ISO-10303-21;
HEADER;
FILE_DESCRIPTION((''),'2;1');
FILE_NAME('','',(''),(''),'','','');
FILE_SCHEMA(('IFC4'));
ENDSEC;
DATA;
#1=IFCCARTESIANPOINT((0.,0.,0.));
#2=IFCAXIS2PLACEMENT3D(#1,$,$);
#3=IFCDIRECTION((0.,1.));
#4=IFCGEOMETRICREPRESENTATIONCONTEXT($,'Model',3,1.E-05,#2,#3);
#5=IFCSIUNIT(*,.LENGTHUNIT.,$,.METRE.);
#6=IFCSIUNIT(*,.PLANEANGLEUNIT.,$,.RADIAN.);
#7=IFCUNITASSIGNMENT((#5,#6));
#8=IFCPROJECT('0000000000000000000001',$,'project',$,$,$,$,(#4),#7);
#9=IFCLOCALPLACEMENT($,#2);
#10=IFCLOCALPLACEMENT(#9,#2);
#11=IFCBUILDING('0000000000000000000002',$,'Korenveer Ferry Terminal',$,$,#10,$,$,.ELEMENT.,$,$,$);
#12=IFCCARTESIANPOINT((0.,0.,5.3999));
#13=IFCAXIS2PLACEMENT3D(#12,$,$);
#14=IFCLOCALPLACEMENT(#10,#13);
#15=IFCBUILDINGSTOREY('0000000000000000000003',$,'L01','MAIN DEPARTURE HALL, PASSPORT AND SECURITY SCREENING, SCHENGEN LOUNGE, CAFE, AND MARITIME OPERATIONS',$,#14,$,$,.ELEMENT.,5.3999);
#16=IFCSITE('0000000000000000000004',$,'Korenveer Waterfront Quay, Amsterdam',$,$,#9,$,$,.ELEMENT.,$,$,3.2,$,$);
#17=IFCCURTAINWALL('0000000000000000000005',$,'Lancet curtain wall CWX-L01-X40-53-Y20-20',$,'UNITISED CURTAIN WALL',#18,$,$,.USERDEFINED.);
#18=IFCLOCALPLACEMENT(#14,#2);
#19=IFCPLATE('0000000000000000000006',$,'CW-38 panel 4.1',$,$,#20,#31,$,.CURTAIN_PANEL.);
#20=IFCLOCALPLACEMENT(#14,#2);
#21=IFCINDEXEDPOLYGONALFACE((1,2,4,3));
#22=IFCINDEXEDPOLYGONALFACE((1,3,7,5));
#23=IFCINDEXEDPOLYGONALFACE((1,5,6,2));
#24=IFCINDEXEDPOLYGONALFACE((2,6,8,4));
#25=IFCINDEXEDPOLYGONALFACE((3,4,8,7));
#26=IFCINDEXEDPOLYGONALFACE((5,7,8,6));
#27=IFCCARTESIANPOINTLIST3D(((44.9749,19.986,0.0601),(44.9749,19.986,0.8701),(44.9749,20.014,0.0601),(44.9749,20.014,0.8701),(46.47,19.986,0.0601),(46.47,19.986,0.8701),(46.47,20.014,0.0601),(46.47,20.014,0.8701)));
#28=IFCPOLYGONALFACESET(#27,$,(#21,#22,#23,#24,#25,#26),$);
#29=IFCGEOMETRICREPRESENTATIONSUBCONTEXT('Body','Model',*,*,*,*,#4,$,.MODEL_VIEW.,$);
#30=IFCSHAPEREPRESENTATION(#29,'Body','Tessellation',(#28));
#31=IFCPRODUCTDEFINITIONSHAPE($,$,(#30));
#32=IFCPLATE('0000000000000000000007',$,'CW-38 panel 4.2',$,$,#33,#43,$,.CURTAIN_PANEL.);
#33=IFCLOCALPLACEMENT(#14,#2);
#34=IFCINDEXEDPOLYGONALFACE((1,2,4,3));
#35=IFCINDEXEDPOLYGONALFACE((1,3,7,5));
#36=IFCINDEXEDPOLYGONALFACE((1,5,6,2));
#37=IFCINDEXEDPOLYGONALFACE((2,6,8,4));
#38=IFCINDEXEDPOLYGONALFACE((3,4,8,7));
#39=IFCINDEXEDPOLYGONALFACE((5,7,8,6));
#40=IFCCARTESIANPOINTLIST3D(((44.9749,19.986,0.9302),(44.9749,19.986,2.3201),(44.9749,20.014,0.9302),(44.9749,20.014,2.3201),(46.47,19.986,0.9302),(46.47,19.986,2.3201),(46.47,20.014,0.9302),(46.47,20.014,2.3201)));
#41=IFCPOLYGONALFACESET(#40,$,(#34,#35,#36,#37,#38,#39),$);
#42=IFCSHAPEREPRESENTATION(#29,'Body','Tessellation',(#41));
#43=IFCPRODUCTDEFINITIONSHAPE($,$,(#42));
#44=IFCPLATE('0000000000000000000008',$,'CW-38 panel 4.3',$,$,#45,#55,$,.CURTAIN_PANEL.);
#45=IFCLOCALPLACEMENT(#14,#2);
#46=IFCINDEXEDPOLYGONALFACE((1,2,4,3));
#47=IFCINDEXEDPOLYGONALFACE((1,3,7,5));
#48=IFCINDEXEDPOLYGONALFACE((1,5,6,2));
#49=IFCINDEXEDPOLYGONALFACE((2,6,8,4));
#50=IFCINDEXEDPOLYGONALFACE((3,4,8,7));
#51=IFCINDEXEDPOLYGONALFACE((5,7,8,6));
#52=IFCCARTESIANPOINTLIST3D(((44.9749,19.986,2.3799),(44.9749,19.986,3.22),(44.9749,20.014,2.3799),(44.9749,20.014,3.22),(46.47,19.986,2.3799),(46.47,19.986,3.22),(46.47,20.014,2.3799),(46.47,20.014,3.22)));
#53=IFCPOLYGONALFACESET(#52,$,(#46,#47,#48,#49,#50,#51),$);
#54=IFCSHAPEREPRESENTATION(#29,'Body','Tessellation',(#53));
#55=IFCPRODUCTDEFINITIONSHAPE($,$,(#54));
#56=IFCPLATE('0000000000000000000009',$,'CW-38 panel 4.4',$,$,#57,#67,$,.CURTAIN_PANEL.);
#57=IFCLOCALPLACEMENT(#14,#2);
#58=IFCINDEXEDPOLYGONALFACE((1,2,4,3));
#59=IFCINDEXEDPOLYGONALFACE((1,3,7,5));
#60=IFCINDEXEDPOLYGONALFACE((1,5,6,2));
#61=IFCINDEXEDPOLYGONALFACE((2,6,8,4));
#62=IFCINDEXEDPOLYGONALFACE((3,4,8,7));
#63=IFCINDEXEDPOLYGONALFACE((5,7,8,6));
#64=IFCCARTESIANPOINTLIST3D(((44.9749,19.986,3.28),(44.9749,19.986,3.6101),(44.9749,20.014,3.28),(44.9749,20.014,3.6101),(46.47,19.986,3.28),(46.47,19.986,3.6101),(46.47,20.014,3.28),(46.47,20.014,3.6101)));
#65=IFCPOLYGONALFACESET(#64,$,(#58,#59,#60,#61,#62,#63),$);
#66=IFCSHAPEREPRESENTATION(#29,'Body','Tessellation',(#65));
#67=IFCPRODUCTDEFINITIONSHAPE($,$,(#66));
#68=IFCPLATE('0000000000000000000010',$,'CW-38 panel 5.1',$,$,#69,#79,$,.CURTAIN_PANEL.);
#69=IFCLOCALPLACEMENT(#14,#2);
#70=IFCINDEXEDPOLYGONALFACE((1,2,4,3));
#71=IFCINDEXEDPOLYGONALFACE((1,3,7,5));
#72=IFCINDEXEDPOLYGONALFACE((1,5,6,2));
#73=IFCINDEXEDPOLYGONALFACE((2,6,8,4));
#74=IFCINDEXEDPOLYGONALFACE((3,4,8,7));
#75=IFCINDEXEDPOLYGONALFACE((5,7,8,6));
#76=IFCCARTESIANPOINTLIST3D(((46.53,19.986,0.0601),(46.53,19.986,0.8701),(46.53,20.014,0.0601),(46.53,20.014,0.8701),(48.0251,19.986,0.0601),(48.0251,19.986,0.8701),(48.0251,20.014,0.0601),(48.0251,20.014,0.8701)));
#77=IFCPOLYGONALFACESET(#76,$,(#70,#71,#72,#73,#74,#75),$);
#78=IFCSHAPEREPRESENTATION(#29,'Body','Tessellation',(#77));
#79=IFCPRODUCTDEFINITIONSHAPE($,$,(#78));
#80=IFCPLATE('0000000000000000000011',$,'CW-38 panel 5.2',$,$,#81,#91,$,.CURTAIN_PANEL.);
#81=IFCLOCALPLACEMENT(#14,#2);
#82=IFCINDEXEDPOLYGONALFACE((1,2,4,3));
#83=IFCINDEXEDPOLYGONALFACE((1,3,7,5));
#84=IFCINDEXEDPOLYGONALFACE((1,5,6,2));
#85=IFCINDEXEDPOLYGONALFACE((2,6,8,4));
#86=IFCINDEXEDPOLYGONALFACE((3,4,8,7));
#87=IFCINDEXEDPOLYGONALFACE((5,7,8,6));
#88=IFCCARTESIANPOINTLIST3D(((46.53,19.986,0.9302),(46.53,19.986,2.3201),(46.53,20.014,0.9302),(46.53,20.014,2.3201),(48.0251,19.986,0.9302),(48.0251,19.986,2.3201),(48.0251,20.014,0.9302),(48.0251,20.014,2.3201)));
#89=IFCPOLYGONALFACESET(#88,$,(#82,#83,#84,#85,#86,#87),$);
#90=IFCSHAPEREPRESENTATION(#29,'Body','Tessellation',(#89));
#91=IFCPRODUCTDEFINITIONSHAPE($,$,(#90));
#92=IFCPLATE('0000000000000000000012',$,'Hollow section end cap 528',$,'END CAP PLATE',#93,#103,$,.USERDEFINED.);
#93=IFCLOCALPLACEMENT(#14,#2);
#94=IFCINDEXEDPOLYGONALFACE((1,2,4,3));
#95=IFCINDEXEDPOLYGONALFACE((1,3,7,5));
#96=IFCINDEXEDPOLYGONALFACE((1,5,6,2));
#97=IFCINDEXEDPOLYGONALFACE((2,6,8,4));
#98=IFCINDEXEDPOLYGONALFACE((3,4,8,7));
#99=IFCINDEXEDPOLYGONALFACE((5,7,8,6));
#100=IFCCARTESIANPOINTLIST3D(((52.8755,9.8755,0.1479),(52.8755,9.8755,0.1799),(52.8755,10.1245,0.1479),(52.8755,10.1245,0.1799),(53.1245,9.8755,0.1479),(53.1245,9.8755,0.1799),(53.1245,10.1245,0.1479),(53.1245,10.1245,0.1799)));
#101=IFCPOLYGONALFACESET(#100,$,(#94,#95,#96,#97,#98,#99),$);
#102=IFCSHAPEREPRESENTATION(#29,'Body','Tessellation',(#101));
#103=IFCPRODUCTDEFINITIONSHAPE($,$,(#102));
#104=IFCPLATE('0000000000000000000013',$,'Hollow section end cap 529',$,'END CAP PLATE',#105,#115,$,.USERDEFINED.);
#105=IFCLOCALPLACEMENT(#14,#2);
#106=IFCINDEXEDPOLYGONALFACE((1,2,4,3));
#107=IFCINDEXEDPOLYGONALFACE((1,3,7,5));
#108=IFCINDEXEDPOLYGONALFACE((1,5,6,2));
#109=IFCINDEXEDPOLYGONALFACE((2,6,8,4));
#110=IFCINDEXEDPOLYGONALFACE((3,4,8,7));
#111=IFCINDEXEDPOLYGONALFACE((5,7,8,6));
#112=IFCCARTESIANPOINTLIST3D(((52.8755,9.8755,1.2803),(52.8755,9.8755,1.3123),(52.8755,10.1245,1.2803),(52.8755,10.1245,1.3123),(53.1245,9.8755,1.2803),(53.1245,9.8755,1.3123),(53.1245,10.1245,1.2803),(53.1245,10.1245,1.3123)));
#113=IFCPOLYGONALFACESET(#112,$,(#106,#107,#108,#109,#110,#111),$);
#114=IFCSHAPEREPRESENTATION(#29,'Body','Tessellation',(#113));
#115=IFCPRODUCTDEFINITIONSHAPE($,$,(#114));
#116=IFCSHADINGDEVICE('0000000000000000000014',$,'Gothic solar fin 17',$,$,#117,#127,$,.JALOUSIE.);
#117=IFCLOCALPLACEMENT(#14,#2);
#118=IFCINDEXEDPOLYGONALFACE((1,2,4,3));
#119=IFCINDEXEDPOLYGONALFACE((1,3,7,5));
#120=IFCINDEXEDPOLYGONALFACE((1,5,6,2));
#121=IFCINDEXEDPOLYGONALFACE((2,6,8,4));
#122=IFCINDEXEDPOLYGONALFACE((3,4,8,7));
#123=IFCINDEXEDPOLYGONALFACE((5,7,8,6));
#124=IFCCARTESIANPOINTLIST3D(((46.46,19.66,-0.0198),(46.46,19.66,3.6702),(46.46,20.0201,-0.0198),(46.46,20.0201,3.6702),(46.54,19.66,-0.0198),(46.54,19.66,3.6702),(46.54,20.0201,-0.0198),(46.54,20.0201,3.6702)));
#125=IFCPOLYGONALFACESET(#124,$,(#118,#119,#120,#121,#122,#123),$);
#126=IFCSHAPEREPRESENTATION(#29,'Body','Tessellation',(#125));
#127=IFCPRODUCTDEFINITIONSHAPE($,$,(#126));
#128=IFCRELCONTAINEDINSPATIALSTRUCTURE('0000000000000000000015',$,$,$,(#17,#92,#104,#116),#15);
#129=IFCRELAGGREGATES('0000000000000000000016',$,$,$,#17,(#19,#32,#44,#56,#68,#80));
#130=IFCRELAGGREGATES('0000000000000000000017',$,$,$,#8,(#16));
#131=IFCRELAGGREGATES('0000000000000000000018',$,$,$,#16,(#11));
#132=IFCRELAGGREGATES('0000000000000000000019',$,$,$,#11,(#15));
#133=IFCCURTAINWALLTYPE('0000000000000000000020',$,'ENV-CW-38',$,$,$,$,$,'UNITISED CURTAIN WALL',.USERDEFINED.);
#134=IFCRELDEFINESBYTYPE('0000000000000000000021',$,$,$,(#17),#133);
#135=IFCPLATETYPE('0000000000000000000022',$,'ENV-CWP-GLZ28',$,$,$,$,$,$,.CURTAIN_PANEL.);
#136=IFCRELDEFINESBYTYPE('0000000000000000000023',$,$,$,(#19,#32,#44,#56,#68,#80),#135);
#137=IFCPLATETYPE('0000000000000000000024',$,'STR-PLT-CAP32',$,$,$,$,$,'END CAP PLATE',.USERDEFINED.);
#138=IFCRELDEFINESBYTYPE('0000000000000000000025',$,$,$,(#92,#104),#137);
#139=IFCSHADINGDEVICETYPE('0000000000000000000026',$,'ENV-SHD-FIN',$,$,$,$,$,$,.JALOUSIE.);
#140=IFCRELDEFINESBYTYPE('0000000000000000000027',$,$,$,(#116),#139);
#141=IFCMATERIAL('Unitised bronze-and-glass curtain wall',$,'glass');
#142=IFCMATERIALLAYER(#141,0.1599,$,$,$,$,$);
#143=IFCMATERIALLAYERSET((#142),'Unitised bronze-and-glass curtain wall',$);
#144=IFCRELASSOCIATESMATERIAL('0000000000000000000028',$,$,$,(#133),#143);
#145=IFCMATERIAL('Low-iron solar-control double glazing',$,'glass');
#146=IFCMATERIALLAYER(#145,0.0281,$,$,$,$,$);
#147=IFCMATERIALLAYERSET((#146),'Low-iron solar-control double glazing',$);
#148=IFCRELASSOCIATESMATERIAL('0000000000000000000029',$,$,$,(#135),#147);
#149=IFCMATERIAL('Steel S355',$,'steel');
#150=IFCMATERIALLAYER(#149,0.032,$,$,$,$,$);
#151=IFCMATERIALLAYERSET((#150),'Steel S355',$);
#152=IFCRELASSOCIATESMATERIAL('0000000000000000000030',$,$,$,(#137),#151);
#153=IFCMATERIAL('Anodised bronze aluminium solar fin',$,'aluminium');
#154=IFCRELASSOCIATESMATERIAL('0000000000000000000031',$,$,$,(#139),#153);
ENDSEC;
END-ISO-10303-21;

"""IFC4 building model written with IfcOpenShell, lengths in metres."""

from ifc_helpers import new_model, si_unit, direction, frame, origin, origin_2d, place, context, subcontext, project, spatial, rectangle, extrude, material, layer, layer_set, type_object, element, aggregate, save


model = new_model("IFC4")

# Units and contexts
model_context = context("Model", 3, precision=1e-05, world=origin(), true_north=direction((0.0, 1.0)))
body_context = subcontext(model_context, "Body", "Model", "MODEL_VIEW")
ifc_project = project(units=[si_unit("LENGTHUNIT", "METRE"), si_unit("PLANEANGLEUNIT", "RADIAN")], contexts=[model_context])

# Site, building, storey
site_placement = place(None, origin())
site = spatial("IfcSite", under=ifc_project, at=site_placement, Name="Korenveer Waterfront Quay, Amsterdam", CompositionType="ELEMENT", RefElevation=3.2)
building_placement = place(site_placement, origin())
building = spatial("IfcBuilding", under=site, at=building_placement, Name="Korenveer Ferry Terminal", CompositionType="ELEMENT")
storey_placement = place(building_placement, frame((0.0, 0.0, 5.3999)))
storey = spatial("IfcBuildingStorey", under=building, at=storey_placement, Name="L01", Description="MAIN DEPARTURE HALL, PASSPORT AND SECURITY SCREENING, SCHENGEN LOUNGE, CAFE, AND MARITIME OPERATIONS", CompositionType="ELEMENT", Elevation=5.3999)

# Curtain wall
ifc_material_1 = material(Name="Unitised bronze-and-glass curtain wall", Category="glass")
ifc_layer_1 = layer(ifc_material_1, 0.1599)
ifc_layer_set_1 = layer_set([ifc_layer_1], Name="Unitised bronze-and-glass curtain wall")
curtain_wall_type = type_object("IfcCurtainWallType", Name="ENV-CW-38", ElementType="UNITISED CURTAIN WALL", PredefinedType="USERDEFINED", material=ifc_layer_set_1)
curtain_wall_placement = place(storey_placement, frame((40.28, 20.0, 0.0)))
curtain_wall = element("IfcCurtainWall", 1, at=curtain_wall_placement, inside=storey, type_object=curtain_wall_type, Name="Lancet curtain wall CWX-L01-X40-53-Y20-20", ObjectType="UNITISED CURTAIN WALL", PredefinedType="USERDEFINED")

# Shared definitions
ifc_material_2 = material(Name="Steel S355", Category="steel")

# Plates
ifc_material_3 = material(Name="Low-iron solar-control double glazing", Category="glass")
ifc_layer_2 = layer(ifc_material_3, 0.0281)
ifc_layer_set_2 = layer_set([ifc_layer_2], Name="Low-iron solar-control double glazing")
plate_type_1 = type_object("IfcPlateType", Name="ENV-CWP-GLZ28", PredefinedType="CURTAIN_PANEL", material=ifc_layer_set_2)
plate_1_placement = place(storey_placement, frame((45.7224, 20.0, 0.0601), z_axis=(0.0, 0.0, 1.0), x_axis=(1.0, 0.0, 0.0)))
plate_1 = element("IfcPlate", 2, at=plate_1_placement, type_object=plate_type_1, Name="CW-38 panel 4.1", PredefinedType="CURTAIN_PANEL", context=body_context, shape_type="SweptSolid", body=[
    extrude(rectangle(XDim=1.4951, YDim=0.0281, at=origin_2d()), origin(), (0.0, 0.0, 1.0), 0.8101),
])
plate_2_placement = place(storey_placement, frame((45.7224, 20.0, 0.9302), z_axis=(0.0, 0.0, 1.0), x_axis=(1.0, 0.0, 0.0)))
plate_2 = element("IfcPlate", 3, at=plate_2_placement, type_object=plate_type_1, Name="CW-38 panel 4.2", PredefinedType="CURTAIN_PANEL", context=body_context, shape_type="SweptSolid", body=[
    extrude(rectangle(XDim=1.4951, YDim=0.0281, at=origin_2d()), origin(), (0.0, 0.0, 1.0), 1.3899),
])
plate_3_placement = place(storey_placement, frame((45.7224, 20.0, 2.3799), z_axis=(0.0, 0.0, 1.0), x_axis=(1.0, 0.0, 0.0)))
plate_3 = element("IfcPlate", 4, at=plate_3_placement, type_object=plate_type_1, Name="CW-38 panel 4.3", PredefinedType="CURTAIN_PANEL", context=body_context, shape_type="SweptSolid", body=[
    extrude(rectangle(XDim=1.4951, YDim=0.0281, at=origin_2d()), origin(), (0.0, 0.0, 1.0), 0.8401),
])
plate_4_placement = place(storey_placement, frame((45.7224, 20.0, 3.28), z_axis=(0.0, 0.0, 1.0), x_axis=(1.0, 0.0, 0.0)))
plate_4 = element("IfcPlate", 5, at=plate_4_placement, type_object=plate_type_1, Name="CW-38 panel 4.4", PredefinedType="CURTAIN_PANEL", context=body_context, shape_type="SweptSolid", body=[
    extrude(rectangle(XDim=1.4951, YDim=0.0281, at=origin_2d()), origin(), (0.0, 0.0, 1.0), 0.3301),
])
plate_5_placement = place(storey_placement, frame((47.2776, 20.0, 0.0601), z_axis=(0.0, 0.0, 1.0), x_axis=(1.0, 0.0, 0.0)))
plate_5 = element("IfcPlate", 6, at=plate_5_placement, type_object=plate_type_1, Name="CW-38 panel 5.1", PredefinedType="CURTAIN_PANEL", context=body_context, shape_type="SweptSolid", body=[
    extrude(rectangle(XDim=1.4951, YDim=0.0281, at=origin_2d()), origin(), (0.0, 0.0, 1.0), 0.8101),
])
plate_6_placement = place(storey_placement, frame((47.2776, 20.0, 0.9302), z_axis=(0.0, 0.0, 1.0), x_axis=(1.0, 0.0, 0.0)))
plate_6 = element("IfcPlate", 7, at=plate_6_placement, type_object=plate_type_1, Name="CW-38 panel 5.2", PredefinedType="CURTAIN_PANEL", context=body_context, shape_type="SweptSolid", body=[
    extrude(rectangle(XDim=1.4951, YDim=0.0281, at=origin_2d()), origin(), (0.0, 0.0, 1.0), 1.3899),
])
aggregate(curtain_wall, [plate_1, plate_2, plate_3, plate_4, plate_5, plate_6])

# Plates
ifc_layer_3 = layer(ifc_material_2, 0.032)
ifc_layer_set_3 = layer_set([ifc_layer_3], Name="Steel S355")
plate_type_2 = type_object("IfcPlateType", Name="STR-PLT-CAP32", ElementType="END CAP PLATE", PredefinedType="USERDEFINED", material=ifc_layer_set_3)
for number, where, z_axis, x_axis, name in (
    (8, (53.0, 10.0, 0.1479), (0.0, 0.0, 1.0), (1.0, 0.0, 0.0), "Hollow section end cap 528"),
    (9, (53.0, 10.0, 1.2803), (0.0, 0.0, 1.0), (1.0, 0.0, 0.0), "Hollow section end cap 529"),
):
    element("IfcPlate", number, at=place(storey_placement, frame(where, z_axis=z_axis, x_axis=x_axis)), inside=storey, type_object=plate_type_2, Name=name, ObjectType="END CAP PLATE", PredefinedType="USERDEFINED", context=body_context, shape_type="SweptSolid", body=[
        extrude(rectangle(XDim=0.249, YDim=0.249, at=origin_2d()), origin(), (0.0, 0.0, 1.0), 0.032),
    ])

# Shading device
ifc_material_4 = material(Name="Anodised bronze aluminium solar fin", Category="aluminium")
shading_device_type = type_object("IfcShadingDeviceType", Name="ENV-SHD-FIN", PredefinedType="JALOUSIE", material=ifc_material_4)
shading_device_placement = place(storey_placement, frame((46.5, 19.8401, -0.0198), z_axis=(0.0, 0.0, 1.0), x_axis=(0.0, 1.0, 0.0)))
element("IfcShadingDevice", 10, at=shading_device_placement, inside=storey, type_object=shading_device_type, Name="Gothic solar fin 17", PredefinedType="JALOUSIE", context=body_context, shape_type="SweptSolid", body=[
    extrude(rectangle(XDim=0.3601, YDim=0.0801, at=origin_2d()), origin(), (0.0, 0.0, 1.0), 3.6899),
])

save(model, "model.ifc")
